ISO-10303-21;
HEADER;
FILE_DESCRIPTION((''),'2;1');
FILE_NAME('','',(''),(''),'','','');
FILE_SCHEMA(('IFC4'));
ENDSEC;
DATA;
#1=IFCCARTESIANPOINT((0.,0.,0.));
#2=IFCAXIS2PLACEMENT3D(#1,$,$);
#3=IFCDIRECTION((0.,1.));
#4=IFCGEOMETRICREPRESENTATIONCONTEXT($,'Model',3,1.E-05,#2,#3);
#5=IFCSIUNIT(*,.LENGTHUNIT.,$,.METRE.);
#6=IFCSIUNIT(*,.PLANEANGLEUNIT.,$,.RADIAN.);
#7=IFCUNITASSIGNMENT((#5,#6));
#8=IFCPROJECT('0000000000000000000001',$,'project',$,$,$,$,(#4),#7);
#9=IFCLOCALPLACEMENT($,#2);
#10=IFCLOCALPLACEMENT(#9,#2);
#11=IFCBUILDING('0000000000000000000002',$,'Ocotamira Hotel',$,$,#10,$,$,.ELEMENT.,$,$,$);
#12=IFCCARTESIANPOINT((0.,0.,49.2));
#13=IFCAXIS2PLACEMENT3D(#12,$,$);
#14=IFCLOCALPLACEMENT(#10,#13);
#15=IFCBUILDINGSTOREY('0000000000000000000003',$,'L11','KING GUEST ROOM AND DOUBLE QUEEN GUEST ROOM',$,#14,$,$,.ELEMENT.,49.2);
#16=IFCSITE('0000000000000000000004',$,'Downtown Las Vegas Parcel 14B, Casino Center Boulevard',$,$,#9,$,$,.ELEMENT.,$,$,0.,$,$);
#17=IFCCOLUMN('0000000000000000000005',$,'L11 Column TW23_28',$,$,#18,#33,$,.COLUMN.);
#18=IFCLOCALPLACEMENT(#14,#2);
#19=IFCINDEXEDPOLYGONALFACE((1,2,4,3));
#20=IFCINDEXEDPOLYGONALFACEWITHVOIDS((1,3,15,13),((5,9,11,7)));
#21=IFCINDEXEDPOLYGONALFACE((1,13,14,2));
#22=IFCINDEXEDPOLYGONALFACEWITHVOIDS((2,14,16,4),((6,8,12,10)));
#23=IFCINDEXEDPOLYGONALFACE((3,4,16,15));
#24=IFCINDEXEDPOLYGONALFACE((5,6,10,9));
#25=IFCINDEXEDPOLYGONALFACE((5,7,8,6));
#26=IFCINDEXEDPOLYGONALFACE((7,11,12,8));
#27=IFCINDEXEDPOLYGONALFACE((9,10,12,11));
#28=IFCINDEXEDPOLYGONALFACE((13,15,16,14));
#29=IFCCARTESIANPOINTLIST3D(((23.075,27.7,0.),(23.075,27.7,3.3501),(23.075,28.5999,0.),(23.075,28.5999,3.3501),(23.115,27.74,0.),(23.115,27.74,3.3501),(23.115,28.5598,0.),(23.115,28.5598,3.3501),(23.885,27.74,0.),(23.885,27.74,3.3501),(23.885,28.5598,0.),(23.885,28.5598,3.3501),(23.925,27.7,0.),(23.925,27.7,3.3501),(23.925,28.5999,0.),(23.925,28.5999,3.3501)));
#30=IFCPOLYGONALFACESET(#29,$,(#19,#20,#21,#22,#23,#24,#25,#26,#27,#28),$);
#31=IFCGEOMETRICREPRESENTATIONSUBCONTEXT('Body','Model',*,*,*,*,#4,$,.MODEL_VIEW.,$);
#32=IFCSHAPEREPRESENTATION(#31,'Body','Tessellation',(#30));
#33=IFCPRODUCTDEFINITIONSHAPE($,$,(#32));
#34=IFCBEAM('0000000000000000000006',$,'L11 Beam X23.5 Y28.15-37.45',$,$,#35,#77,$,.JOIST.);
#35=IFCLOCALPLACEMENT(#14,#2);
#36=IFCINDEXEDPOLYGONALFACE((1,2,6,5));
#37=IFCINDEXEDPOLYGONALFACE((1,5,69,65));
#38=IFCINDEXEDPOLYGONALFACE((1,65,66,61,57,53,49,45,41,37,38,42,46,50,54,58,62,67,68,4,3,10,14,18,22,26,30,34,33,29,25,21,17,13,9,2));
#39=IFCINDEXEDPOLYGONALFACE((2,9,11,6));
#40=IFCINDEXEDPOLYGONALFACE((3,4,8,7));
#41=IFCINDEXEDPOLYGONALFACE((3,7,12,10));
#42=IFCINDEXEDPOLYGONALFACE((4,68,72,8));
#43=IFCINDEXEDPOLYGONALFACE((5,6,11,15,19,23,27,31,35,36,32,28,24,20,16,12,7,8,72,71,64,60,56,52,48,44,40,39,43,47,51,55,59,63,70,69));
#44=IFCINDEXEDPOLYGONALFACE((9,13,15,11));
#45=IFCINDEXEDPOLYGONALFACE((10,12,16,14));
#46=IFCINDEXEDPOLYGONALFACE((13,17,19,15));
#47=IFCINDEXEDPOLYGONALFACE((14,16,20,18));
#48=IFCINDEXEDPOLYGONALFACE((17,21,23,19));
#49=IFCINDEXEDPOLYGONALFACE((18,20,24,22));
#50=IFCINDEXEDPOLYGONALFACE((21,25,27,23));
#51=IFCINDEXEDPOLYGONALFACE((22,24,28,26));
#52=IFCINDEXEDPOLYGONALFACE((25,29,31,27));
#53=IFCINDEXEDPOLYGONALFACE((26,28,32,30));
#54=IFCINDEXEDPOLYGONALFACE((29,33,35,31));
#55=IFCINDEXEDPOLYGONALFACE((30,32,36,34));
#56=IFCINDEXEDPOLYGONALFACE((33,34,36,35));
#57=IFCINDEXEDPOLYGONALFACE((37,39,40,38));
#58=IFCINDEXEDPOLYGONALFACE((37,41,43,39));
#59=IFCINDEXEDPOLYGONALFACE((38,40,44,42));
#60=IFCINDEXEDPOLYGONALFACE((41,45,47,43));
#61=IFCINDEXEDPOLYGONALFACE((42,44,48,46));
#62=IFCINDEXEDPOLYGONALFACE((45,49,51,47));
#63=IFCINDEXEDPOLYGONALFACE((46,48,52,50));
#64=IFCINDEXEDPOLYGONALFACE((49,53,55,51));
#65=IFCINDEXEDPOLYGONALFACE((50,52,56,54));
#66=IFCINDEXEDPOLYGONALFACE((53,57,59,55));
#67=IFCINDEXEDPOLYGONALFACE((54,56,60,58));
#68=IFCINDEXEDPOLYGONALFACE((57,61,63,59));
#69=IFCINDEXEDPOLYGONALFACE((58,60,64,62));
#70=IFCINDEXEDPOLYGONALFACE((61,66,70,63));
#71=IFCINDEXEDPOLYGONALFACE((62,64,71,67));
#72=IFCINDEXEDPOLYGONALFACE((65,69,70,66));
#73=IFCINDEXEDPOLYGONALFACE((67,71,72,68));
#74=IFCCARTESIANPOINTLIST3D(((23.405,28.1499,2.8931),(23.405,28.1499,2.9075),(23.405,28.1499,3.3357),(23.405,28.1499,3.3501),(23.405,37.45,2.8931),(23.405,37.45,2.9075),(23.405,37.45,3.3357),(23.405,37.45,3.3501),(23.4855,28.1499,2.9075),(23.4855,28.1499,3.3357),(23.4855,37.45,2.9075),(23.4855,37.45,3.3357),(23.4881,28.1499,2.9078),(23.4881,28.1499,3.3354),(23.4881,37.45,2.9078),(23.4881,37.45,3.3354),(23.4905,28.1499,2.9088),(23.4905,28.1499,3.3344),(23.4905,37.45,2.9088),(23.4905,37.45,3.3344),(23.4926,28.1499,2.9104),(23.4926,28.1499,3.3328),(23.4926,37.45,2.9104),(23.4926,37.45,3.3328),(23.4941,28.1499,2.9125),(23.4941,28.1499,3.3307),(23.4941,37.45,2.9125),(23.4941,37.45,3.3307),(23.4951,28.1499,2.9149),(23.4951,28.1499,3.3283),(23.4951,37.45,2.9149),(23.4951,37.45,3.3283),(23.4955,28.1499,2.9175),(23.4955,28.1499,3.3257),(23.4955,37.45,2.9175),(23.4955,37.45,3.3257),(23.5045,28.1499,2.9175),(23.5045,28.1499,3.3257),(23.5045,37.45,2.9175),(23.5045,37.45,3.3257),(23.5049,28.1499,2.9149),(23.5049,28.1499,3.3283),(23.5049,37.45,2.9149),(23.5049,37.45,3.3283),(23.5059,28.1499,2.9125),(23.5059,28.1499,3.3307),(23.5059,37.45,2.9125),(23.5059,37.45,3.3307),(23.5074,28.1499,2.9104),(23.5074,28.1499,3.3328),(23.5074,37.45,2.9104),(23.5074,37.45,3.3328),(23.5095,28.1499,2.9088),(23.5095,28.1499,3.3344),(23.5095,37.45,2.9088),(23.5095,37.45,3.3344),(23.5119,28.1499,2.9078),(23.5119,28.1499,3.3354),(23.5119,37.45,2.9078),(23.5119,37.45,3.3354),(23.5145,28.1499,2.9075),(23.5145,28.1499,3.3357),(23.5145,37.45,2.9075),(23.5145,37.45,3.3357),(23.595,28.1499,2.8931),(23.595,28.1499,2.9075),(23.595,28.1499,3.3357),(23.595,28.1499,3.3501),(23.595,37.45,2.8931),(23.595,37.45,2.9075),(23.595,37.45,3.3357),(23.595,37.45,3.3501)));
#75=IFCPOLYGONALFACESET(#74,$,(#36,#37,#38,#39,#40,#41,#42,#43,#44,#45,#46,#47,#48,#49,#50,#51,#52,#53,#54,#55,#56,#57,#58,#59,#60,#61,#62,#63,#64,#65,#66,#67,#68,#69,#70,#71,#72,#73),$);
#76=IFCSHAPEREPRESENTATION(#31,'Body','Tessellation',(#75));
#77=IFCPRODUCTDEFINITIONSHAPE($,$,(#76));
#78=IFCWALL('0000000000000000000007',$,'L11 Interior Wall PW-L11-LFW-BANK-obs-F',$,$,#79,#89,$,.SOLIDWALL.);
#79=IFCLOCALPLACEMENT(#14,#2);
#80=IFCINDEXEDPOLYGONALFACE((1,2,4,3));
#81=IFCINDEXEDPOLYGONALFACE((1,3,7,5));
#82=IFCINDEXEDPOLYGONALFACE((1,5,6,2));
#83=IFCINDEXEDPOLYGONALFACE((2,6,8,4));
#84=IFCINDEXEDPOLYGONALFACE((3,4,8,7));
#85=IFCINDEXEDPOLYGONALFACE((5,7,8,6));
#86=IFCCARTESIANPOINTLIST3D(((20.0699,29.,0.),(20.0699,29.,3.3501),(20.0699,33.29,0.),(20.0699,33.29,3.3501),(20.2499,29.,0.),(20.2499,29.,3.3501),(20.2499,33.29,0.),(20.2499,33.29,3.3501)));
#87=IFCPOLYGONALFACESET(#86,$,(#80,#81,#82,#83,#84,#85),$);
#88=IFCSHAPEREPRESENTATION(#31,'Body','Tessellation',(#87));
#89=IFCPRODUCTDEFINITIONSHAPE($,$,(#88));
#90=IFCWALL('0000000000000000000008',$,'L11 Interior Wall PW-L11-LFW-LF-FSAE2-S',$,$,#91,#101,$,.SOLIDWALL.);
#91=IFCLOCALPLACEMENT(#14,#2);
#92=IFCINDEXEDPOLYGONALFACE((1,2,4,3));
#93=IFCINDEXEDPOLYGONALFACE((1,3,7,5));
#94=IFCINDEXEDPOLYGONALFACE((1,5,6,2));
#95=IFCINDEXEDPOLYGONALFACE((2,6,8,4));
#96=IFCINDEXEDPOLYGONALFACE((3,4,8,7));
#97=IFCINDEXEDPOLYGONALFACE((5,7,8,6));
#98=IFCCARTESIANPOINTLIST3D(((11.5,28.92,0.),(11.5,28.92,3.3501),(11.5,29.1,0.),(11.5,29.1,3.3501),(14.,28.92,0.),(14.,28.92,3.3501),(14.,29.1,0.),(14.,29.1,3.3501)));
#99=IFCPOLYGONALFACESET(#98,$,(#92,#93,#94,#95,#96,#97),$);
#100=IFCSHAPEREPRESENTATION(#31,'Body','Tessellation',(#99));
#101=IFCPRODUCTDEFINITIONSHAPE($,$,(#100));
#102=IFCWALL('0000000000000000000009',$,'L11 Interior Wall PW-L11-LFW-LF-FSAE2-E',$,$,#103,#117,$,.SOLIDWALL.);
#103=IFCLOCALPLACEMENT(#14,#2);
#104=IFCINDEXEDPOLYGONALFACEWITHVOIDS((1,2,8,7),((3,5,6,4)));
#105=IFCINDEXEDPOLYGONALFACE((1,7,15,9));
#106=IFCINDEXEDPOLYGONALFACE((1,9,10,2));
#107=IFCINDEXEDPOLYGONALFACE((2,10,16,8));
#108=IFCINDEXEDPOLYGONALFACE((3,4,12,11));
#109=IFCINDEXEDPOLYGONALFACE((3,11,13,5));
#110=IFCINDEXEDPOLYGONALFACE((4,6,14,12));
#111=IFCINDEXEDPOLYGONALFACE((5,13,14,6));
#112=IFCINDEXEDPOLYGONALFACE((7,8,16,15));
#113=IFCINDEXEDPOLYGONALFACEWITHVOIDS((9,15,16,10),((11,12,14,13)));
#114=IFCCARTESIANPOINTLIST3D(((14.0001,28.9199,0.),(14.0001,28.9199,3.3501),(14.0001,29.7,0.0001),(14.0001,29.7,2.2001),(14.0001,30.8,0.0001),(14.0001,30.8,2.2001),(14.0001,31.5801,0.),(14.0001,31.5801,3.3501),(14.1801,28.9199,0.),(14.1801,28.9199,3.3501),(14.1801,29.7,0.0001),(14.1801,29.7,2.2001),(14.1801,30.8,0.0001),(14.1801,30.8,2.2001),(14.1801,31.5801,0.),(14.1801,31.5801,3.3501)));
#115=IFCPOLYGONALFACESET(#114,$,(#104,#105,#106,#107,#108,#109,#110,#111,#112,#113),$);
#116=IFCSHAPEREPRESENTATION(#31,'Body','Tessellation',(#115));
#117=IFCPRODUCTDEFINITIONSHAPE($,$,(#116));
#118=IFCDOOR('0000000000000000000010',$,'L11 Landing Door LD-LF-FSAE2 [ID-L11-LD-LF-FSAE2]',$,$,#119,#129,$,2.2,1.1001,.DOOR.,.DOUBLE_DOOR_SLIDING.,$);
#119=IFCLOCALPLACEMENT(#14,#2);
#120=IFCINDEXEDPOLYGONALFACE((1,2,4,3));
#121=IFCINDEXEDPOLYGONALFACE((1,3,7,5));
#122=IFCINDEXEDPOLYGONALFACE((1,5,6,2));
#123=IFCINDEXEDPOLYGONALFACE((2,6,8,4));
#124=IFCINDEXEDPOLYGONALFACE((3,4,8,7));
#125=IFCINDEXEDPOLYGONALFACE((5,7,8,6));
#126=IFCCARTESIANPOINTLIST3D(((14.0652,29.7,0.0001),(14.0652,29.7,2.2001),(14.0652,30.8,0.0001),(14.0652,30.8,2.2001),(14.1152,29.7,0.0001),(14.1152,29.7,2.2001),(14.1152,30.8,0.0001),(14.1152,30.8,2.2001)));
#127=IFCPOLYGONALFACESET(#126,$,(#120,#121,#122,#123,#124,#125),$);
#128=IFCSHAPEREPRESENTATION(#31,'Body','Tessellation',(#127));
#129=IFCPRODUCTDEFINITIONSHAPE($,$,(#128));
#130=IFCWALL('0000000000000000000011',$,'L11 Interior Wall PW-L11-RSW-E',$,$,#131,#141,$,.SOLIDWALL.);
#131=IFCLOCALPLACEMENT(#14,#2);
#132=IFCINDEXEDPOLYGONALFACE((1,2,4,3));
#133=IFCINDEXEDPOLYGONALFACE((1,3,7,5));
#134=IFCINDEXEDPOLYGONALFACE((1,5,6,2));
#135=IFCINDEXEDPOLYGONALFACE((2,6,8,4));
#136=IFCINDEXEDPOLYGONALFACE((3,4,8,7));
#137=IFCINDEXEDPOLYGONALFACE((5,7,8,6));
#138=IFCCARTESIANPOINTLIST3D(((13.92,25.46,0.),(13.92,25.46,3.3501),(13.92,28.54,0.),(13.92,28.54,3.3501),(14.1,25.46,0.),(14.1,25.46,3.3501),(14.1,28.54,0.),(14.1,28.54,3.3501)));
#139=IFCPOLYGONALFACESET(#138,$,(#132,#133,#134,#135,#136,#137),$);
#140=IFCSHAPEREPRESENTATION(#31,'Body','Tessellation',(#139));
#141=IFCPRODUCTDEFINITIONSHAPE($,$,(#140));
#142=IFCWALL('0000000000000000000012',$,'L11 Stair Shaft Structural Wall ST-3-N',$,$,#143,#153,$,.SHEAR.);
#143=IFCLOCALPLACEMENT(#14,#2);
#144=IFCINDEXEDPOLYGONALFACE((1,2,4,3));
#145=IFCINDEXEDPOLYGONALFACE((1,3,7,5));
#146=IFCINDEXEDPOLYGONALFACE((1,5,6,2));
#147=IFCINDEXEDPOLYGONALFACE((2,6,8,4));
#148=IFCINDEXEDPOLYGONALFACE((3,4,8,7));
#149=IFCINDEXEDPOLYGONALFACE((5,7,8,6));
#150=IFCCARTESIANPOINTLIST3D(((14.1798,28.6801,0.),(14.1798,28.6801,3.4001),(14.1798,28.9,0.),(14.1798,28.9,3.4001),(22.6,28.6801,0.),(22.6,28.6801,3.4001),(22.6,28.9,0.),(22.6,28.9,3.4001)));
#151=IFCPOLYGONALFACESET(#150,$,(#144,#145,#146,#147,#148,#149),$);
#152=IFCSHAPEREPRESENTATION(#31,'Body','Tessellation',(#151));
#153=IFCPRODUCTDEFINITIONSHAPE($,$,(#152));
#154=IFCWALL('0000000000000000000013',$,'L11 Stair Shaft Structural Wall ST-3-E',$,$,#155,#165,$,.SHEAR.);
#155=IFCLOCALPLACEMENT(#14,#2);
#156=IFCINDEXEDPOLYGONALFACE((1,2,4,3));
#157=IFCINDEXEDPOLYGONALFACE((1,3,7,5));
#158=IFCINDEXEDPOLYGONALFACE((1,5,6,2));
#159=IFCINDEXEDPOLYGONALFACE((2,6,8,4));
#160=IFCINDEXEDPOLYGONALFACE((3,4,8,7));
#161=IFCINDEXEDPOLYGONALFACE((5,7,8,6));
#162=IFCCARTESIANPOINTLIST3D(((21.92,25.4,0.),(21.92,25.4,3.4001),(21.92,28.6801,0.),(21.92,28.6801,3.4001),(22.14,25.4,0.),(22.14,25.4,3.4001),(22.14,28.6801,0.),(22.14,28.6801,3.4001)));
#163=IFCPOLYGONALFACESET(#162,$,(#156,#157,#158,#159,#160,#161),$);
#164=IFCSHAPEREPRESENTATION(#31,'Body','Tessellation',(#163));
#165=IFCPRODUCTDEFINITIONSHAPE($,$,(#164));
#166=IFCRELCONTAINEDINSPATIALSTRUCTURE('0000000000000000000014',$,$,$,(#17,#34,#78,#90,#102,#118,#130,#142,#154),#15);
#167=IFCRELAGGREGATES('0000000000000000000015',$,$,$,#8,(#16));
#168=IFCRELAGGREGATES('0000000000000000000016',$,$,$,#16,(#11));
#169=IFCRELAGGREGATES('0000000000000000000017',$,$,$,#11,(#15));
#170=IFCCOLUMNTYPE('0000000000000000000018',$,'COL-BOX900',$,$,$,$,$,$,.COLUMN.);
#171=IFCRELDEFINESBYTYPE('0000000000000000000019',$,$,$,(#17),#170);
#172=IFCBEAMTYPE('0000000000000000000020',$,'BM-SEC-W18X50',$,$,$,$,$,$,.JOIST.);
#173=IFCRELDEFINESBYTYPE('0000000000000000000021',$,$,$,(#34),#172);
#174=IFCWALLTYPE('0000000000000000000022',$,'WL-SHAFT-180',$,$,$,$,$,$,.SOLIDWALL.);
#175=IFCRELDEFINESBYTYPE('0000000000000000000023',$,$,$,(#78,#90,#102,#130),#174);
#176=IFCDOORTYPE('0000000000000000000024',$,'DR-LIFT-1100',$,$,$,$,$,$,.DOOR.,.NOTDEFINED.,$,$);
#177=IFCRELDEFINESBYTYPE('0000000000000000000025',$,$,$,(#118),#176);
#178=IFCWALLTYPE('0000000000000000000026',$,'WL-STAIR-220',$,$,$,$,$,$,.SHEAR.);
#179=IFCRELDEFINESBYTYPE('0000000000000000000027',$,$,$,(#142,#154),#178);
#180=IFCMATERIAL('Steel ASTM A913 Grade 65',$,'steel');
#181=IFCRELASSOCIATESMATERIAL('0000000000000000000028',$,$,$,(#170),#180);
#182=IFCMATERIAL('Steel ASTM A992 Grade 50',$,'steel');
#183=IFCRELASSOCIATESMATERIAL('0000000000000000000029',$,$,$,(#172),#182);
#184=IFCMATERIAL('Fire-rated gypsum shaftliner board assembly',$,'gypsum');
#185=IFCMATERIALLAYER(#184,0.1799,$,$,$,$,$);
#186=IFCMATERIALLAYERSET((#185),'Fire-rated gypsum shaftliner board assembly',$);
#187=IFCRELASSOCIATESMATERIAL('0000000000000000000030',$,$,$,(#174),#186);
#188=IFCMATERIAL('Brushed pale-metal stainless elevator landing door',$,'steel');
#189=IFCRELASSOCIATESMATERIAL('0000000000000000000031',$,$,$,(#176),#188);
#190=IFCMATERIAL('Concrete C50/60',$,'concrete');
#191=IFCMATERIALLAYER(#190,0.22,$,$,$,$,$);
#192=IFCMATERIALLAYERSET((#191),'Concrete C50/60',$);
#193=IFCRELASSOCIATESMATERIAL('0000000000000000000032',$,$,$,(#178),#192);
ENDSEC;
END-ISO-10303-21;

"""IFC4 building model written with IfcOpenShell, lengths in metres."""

from ifc_helpers import new_model, si_unit, direction, frame, frame_2d, origin, origin_2d, place, context, subcontext, project, spatial, rectangle, hollow_rectangle, i_section, extrude, source, transform, mapped, material, layer, layer_set, material_profile, profile_set, type_object, element, fill, save


model = new_model("IFC4")

# Units and contexts
model_context = context("Model", 3, precision=1e-05, world=origin(), true_north=direction((0.0, 1.0)))
body_context = subcontext(model_context, "Body", "Model", "MODEL_VIEW")
ifc_project = project(units=[si_unit("LENGTHUNIT", "METRE"), si_unit("PLANEANGLEUNIT", "RADIAN")], contexts=[model_context])

# Site, building, storey
site_placement = place(None, origin())
site = spatial("IfcSite", under=ifc_project, at=site_placement, Name="Downtown Las Vegas Parcel 14B, Casino Center Boulevard", CompositionType="ELEMENT", RefElevation=0.0)
building_placement = place(site_placement, origin())
building = spatial("IfcBuilding", under=site, at=building_placement, Name="Ocotamira Hotel", CompositionType="ELEMENT")
storey_placement = place(building_placement, frame((0.0, 0.0, 49.2)))
storey = spatial("IfcBuildingStorey", under=building, at=storey_placement, Name="L11", Description="KING GUEST ROOM AND DOUBLE QUEEN GUEST ROOM", CompositionType="ELEMENT", Elevation=49.2)

# Column
ifc_material_1 = material(Name="Steel ASTM A913 Grade 65", Category="steel")
ifc_material_profile_1 = material_profile(ifc_material_1, hollow_rectangle(XDim=0.8501, YDim=0.8999, WallThickness=0.04, at=origin_2d()), Name="BOX900X850X40")
ifc_profile_set_1 = profile_set([ifc_material_profile_1], Name="Steel ASTM A913 Grade 65")
column_type = type_object("IfcColumnType", Name="COL-BOX900", PredefinedType="COLUMN", material=ifc_profile_set_1)
shared_shape_1 = source(origin(), body_context, "Body", "SweptSolid", [
    extrude(hollow_rectangle(XDim=0.8501, YDim=0.8999, WallThickness=0.04, at=origin_2d()), origin(), (0.0, 0.0, 1.0), 3.3501),
])
column_placement = place(storey_placement, frame((23.5, 28.1499, 0.0), z_axis=(0.0, 0.0, 1.0), x_axis=(1.0, 0.0, 0.0)))
element("IfcColumn", 1, at=column_placement, inside=storey, type_object=column_type, Name="L11 Column TW23_28", PredefinedType="COLUMN", context=body_context, shape_type="MappedRepresentation", body=[
    mapped(shared_shape_1, transform((0.0, 0.0, 0.0), scale=1.0)),
])

# Beam
ifc_material_2 = material(Name="Steel ASTM A992 Grade 50", Category="steel")
ifc_material_profile_2 = material_profile(ifc_material_2, i_section(OverallWidth=0.1899, OverallDepth=0.457, WebThickness=0.009, FlangeThickness=0.0144, FilletRadius=0.01, at=origin_2d()), Name="W18X50")
ifc_profile_set_2 = profile_set([ifc_material_profile_2], Name="Steel ASTM A992 Grade 50")
beam_type = type_object("IfcBeamType", Name="BM-SEC-W18X50", PredefinedType="JOIST", material=ifc_profile_set_2)
shared_shape_2 = source(origin(), body_context, "Body", "SweptSolid", [
    extrude(i_section(OverallWidth=0.1899, OverallDepth=0.457, WebThickness=0.009, FlangeThickness=0.0144, FilletRadius=0.01, at=origin_2d()), origin(), (0.0, 0.0, 1.0), 9.3),
])
beam_placement = place(storey_placement, frame((23.5, 28.1499, 3.1216), z_axis=(0.0, 1.0, 0.0), x_axis=(-1.0, 0.0, 0.0)))
element("IfcBeam", 2, at=beam_placement, inside=storey, type_object=beam_type, Name="L11 Beam X23.5 Y28.15-37.45", PredefinedType="JOIST", context=body_context, shape_type="MappedRepresentation", body=[
    mapped(shared_shape_2, transform((0.0, 0.0, 0.0), scale=1.0)),
])

# Walls
ifc_material_3 = material(Name="Fire-rated gypsum shaftliner board assembly", Category="gypsum")
ifc_layer_1 = layer(ifc_material_3, 0.1799)
ifc_layer_set_1 = layer_set([ifc_layer_1], Name="Fire-rated gypsum shaftliner board assembly")
wall_type_1 = type_object("IfcWallType", Name="WL-SHAFT-180", PredefinedType="SOLIDWALL", material=ifc_layer_set_1)
wall_1_placement = place(storey_placement, frame((20.1599, 29.0, 0.0), z_axis=(0.0, 0.0, 1.0), x_axis=(0.0, 1.0, 0.0)))
element("IfcWall", 3, at=wall_1_placement, inside=storey, type_object=wall_type_1, Name="L11 Interior Wall PW-L11-LFW-BANK-obs-F", PredefinedType="SOLIDWALL", context=body_context, shape_type="SweptSolid", body=[
    extrude(rectangle(XDim=4.29, YDim=0.1799, at=frame_2d((2.145, 0.0))), origin(), (0.0, 0.0, 1.0), 3.3501),
])
wall_2_placement = place(storey_placement, frame((11.5, 29.01, 0.0), z_axis=(0.0, 0.0, 1.0), x_axis=(1.0, 0.0, 0.0)))
element("IfcWall", 4, at=wall_2_placement, inside=storey, type_object=wall_type_1, Name="L11 Interior Wall PW-L11-LFW-LF-FSAE2-S", PredefinedType="SOLIDWALL", context=body_context, shape_type="SweptSolid", body=[
    extrude(rectangle(XDim=2.5, YDim=0.1799, at=frame_2d((1.25, 0.0))), origin(), (0.0, 0.0, 1.0), 3.3501),
])

# Wall, opening, door
wall_3_placement = place(storey_placement, frame((14.0901, 28.9199, 0.0), z_axis=(0.0, 0.0, 1.0), x_axis=(0.0, 1.0, 0.0)))
wall_3 = element("IfcWall", 5, at=wall_3_placement, inside=storey, type_object=wall_type_1, Name="L11 Interior Wall PW-L11-LFW-LF-FSAE2-E", PredefinedType="SOLIDWALL", context=body_context, shape_type="SweptSolid", body=[
    extrude(rectangle(XDim=2.6602, YDim=0.1799, at=frame_2d((1.3301, 0.0))), origin(), (0.0, 0.0, 1.0), 3.3501),
])
opening_1_placement = place(wall_3_placement, frame((0.78, 0.0, 0.0)))
opening_1 = element("IfcOpeningElement", 6, at=opening_1_placement, cuts=wall_3, PredefinedType="OPENING", context=body_context, shape_type="SweptSolid", body=[
    extrude(rectangle(XDim=1.1001, YDim=2.2, at=frame_2d((0.55, 1.1001))), frame((0.0, 0.1001, 0.0), z_axis=(0.0, -1.0, 0.0), x_axis=(1.0, 0.0, 0.0)), (0.0, 0.0, 1.0), 0.2),
])
ifc_material_4 = material(Name="Brushed pale-metal stainless elevator landing door", Category="steel")
door_type_1 = type_object("IfcDoorType", Name="DR-LIFT-1100", OperationType="NOTDEFINED", PredefinedType="DOOR", material=ifc_material_4)
shared_shape_3 = source(origin(), body_context, "Body", "SweptSolid", [
    extrude(rectangle(XDim=1.1001, YDim=2.2, at=frame_2d((0.55, 1.1001))), frame((0.0, 0.0249, 0.0), z_axis=(0.0, -1.0, 0.0), x_axis=(1.0, 0.0, 0.0)), (0.0, 0.0, 1.0), 0.05),
])
door_1_placement = place(opening_1_placement, origin())
door_1 = element("IfcDoor", 7, at=door_1_placement, inside=storey, type_object=door_type_1, Name="L11 Landing Door LD-LF-FSAE2 [ID-L11-LD-LF-FSAE2]", OperationType="DOUBLE_DOOR_SLIDING", OverallHeight=2.2, OverallWidth=1.1001, PredefinedType="DOOR", context=body_context, shape_type="MappedRepresentation", body=[
    mapped(shared_shape_3, transform((0.0, 0.0, 0.0), scale=1.0)),
])
fill(opening_1, door_1)

# Walls
wall_4_placement = place(storey_placement, frame((14.01, 25.46, 0.0), z_axis=(0.0, 0.0, 1.0), x_axis=(0.0, 1.0, 0.0)))
element("IfcWall", 8, at=wall_4_placement, inside=storey, type_object=wall_type_1, Name="L11 Interior Wall PW-L11-RSW-E", PredefinedType="SOLIDWALL", context=body_context, shape_type="SweptSolid", body=[
    extrude(rectangle(XDim=3.0801, YDim=0.1799, at=frame_2d((1.54, 0.0))), origin(), (0.0, 0.0, 1.0), 3.3501),
])
ifc_material_5 = material(Name="Concrete C50/60", Category="concrete")
ifc_layer_2 = layer(ifc_material_5, 0.22)
ifc_layer_set_2 = layer_set([ifc_layer_2], Name="Concrete C50/60")
wall_type_2 = type_object("IfcWallType", Name="WL-STAIR-220", PredefinedType="SHEAR", material=ifc_layer_set_2)
wall_5_placement = place(storey_placement, frame((14.1799, 28.79, 0.0), z_axis=(0.0, 0.0, 1.0), x_axis=(1.0, 0.0, 0.0)))
element("IfcWall", 9, at=wall_5_placement, inside=storey, type_object=wall_type_2, Name="L11 Stair Shaft Structural Wall ST-3-N", PredefinedType="SHEAR", context=body_context, shape_type="SweptSolid", body=[
    extrude(rectangle(XDim=8.4202, YDim=0.22, at=frame_2d((4.21, 0.0))), origin(), (0.0, 0.0, 1.0), 3.4001),
])
wall_6_placement = place(storey_placement, frame((22.03, 25.3999, 0.0), z_axis=(0.0, 0.0, 1.0), x_axis=(0.0, 1.0, 0.0)))
element("IfcWall", 10, at=wall_6_placement, inside=storey, type_object=wall_type_2, Name="L11 Stair Shaft Structural Wall ST-3-E", PredefinedType="SHEAR", context=body_context, shape_type="SweptSolid", body=[
    extrude(rectangle(XDim=3.28, YDim=0.22, at=frame_2d((1.6401, 0.0))), origin(), (0.0, 0.0, 1.0), 3.4001),
])

save(model, "model.ifc")
